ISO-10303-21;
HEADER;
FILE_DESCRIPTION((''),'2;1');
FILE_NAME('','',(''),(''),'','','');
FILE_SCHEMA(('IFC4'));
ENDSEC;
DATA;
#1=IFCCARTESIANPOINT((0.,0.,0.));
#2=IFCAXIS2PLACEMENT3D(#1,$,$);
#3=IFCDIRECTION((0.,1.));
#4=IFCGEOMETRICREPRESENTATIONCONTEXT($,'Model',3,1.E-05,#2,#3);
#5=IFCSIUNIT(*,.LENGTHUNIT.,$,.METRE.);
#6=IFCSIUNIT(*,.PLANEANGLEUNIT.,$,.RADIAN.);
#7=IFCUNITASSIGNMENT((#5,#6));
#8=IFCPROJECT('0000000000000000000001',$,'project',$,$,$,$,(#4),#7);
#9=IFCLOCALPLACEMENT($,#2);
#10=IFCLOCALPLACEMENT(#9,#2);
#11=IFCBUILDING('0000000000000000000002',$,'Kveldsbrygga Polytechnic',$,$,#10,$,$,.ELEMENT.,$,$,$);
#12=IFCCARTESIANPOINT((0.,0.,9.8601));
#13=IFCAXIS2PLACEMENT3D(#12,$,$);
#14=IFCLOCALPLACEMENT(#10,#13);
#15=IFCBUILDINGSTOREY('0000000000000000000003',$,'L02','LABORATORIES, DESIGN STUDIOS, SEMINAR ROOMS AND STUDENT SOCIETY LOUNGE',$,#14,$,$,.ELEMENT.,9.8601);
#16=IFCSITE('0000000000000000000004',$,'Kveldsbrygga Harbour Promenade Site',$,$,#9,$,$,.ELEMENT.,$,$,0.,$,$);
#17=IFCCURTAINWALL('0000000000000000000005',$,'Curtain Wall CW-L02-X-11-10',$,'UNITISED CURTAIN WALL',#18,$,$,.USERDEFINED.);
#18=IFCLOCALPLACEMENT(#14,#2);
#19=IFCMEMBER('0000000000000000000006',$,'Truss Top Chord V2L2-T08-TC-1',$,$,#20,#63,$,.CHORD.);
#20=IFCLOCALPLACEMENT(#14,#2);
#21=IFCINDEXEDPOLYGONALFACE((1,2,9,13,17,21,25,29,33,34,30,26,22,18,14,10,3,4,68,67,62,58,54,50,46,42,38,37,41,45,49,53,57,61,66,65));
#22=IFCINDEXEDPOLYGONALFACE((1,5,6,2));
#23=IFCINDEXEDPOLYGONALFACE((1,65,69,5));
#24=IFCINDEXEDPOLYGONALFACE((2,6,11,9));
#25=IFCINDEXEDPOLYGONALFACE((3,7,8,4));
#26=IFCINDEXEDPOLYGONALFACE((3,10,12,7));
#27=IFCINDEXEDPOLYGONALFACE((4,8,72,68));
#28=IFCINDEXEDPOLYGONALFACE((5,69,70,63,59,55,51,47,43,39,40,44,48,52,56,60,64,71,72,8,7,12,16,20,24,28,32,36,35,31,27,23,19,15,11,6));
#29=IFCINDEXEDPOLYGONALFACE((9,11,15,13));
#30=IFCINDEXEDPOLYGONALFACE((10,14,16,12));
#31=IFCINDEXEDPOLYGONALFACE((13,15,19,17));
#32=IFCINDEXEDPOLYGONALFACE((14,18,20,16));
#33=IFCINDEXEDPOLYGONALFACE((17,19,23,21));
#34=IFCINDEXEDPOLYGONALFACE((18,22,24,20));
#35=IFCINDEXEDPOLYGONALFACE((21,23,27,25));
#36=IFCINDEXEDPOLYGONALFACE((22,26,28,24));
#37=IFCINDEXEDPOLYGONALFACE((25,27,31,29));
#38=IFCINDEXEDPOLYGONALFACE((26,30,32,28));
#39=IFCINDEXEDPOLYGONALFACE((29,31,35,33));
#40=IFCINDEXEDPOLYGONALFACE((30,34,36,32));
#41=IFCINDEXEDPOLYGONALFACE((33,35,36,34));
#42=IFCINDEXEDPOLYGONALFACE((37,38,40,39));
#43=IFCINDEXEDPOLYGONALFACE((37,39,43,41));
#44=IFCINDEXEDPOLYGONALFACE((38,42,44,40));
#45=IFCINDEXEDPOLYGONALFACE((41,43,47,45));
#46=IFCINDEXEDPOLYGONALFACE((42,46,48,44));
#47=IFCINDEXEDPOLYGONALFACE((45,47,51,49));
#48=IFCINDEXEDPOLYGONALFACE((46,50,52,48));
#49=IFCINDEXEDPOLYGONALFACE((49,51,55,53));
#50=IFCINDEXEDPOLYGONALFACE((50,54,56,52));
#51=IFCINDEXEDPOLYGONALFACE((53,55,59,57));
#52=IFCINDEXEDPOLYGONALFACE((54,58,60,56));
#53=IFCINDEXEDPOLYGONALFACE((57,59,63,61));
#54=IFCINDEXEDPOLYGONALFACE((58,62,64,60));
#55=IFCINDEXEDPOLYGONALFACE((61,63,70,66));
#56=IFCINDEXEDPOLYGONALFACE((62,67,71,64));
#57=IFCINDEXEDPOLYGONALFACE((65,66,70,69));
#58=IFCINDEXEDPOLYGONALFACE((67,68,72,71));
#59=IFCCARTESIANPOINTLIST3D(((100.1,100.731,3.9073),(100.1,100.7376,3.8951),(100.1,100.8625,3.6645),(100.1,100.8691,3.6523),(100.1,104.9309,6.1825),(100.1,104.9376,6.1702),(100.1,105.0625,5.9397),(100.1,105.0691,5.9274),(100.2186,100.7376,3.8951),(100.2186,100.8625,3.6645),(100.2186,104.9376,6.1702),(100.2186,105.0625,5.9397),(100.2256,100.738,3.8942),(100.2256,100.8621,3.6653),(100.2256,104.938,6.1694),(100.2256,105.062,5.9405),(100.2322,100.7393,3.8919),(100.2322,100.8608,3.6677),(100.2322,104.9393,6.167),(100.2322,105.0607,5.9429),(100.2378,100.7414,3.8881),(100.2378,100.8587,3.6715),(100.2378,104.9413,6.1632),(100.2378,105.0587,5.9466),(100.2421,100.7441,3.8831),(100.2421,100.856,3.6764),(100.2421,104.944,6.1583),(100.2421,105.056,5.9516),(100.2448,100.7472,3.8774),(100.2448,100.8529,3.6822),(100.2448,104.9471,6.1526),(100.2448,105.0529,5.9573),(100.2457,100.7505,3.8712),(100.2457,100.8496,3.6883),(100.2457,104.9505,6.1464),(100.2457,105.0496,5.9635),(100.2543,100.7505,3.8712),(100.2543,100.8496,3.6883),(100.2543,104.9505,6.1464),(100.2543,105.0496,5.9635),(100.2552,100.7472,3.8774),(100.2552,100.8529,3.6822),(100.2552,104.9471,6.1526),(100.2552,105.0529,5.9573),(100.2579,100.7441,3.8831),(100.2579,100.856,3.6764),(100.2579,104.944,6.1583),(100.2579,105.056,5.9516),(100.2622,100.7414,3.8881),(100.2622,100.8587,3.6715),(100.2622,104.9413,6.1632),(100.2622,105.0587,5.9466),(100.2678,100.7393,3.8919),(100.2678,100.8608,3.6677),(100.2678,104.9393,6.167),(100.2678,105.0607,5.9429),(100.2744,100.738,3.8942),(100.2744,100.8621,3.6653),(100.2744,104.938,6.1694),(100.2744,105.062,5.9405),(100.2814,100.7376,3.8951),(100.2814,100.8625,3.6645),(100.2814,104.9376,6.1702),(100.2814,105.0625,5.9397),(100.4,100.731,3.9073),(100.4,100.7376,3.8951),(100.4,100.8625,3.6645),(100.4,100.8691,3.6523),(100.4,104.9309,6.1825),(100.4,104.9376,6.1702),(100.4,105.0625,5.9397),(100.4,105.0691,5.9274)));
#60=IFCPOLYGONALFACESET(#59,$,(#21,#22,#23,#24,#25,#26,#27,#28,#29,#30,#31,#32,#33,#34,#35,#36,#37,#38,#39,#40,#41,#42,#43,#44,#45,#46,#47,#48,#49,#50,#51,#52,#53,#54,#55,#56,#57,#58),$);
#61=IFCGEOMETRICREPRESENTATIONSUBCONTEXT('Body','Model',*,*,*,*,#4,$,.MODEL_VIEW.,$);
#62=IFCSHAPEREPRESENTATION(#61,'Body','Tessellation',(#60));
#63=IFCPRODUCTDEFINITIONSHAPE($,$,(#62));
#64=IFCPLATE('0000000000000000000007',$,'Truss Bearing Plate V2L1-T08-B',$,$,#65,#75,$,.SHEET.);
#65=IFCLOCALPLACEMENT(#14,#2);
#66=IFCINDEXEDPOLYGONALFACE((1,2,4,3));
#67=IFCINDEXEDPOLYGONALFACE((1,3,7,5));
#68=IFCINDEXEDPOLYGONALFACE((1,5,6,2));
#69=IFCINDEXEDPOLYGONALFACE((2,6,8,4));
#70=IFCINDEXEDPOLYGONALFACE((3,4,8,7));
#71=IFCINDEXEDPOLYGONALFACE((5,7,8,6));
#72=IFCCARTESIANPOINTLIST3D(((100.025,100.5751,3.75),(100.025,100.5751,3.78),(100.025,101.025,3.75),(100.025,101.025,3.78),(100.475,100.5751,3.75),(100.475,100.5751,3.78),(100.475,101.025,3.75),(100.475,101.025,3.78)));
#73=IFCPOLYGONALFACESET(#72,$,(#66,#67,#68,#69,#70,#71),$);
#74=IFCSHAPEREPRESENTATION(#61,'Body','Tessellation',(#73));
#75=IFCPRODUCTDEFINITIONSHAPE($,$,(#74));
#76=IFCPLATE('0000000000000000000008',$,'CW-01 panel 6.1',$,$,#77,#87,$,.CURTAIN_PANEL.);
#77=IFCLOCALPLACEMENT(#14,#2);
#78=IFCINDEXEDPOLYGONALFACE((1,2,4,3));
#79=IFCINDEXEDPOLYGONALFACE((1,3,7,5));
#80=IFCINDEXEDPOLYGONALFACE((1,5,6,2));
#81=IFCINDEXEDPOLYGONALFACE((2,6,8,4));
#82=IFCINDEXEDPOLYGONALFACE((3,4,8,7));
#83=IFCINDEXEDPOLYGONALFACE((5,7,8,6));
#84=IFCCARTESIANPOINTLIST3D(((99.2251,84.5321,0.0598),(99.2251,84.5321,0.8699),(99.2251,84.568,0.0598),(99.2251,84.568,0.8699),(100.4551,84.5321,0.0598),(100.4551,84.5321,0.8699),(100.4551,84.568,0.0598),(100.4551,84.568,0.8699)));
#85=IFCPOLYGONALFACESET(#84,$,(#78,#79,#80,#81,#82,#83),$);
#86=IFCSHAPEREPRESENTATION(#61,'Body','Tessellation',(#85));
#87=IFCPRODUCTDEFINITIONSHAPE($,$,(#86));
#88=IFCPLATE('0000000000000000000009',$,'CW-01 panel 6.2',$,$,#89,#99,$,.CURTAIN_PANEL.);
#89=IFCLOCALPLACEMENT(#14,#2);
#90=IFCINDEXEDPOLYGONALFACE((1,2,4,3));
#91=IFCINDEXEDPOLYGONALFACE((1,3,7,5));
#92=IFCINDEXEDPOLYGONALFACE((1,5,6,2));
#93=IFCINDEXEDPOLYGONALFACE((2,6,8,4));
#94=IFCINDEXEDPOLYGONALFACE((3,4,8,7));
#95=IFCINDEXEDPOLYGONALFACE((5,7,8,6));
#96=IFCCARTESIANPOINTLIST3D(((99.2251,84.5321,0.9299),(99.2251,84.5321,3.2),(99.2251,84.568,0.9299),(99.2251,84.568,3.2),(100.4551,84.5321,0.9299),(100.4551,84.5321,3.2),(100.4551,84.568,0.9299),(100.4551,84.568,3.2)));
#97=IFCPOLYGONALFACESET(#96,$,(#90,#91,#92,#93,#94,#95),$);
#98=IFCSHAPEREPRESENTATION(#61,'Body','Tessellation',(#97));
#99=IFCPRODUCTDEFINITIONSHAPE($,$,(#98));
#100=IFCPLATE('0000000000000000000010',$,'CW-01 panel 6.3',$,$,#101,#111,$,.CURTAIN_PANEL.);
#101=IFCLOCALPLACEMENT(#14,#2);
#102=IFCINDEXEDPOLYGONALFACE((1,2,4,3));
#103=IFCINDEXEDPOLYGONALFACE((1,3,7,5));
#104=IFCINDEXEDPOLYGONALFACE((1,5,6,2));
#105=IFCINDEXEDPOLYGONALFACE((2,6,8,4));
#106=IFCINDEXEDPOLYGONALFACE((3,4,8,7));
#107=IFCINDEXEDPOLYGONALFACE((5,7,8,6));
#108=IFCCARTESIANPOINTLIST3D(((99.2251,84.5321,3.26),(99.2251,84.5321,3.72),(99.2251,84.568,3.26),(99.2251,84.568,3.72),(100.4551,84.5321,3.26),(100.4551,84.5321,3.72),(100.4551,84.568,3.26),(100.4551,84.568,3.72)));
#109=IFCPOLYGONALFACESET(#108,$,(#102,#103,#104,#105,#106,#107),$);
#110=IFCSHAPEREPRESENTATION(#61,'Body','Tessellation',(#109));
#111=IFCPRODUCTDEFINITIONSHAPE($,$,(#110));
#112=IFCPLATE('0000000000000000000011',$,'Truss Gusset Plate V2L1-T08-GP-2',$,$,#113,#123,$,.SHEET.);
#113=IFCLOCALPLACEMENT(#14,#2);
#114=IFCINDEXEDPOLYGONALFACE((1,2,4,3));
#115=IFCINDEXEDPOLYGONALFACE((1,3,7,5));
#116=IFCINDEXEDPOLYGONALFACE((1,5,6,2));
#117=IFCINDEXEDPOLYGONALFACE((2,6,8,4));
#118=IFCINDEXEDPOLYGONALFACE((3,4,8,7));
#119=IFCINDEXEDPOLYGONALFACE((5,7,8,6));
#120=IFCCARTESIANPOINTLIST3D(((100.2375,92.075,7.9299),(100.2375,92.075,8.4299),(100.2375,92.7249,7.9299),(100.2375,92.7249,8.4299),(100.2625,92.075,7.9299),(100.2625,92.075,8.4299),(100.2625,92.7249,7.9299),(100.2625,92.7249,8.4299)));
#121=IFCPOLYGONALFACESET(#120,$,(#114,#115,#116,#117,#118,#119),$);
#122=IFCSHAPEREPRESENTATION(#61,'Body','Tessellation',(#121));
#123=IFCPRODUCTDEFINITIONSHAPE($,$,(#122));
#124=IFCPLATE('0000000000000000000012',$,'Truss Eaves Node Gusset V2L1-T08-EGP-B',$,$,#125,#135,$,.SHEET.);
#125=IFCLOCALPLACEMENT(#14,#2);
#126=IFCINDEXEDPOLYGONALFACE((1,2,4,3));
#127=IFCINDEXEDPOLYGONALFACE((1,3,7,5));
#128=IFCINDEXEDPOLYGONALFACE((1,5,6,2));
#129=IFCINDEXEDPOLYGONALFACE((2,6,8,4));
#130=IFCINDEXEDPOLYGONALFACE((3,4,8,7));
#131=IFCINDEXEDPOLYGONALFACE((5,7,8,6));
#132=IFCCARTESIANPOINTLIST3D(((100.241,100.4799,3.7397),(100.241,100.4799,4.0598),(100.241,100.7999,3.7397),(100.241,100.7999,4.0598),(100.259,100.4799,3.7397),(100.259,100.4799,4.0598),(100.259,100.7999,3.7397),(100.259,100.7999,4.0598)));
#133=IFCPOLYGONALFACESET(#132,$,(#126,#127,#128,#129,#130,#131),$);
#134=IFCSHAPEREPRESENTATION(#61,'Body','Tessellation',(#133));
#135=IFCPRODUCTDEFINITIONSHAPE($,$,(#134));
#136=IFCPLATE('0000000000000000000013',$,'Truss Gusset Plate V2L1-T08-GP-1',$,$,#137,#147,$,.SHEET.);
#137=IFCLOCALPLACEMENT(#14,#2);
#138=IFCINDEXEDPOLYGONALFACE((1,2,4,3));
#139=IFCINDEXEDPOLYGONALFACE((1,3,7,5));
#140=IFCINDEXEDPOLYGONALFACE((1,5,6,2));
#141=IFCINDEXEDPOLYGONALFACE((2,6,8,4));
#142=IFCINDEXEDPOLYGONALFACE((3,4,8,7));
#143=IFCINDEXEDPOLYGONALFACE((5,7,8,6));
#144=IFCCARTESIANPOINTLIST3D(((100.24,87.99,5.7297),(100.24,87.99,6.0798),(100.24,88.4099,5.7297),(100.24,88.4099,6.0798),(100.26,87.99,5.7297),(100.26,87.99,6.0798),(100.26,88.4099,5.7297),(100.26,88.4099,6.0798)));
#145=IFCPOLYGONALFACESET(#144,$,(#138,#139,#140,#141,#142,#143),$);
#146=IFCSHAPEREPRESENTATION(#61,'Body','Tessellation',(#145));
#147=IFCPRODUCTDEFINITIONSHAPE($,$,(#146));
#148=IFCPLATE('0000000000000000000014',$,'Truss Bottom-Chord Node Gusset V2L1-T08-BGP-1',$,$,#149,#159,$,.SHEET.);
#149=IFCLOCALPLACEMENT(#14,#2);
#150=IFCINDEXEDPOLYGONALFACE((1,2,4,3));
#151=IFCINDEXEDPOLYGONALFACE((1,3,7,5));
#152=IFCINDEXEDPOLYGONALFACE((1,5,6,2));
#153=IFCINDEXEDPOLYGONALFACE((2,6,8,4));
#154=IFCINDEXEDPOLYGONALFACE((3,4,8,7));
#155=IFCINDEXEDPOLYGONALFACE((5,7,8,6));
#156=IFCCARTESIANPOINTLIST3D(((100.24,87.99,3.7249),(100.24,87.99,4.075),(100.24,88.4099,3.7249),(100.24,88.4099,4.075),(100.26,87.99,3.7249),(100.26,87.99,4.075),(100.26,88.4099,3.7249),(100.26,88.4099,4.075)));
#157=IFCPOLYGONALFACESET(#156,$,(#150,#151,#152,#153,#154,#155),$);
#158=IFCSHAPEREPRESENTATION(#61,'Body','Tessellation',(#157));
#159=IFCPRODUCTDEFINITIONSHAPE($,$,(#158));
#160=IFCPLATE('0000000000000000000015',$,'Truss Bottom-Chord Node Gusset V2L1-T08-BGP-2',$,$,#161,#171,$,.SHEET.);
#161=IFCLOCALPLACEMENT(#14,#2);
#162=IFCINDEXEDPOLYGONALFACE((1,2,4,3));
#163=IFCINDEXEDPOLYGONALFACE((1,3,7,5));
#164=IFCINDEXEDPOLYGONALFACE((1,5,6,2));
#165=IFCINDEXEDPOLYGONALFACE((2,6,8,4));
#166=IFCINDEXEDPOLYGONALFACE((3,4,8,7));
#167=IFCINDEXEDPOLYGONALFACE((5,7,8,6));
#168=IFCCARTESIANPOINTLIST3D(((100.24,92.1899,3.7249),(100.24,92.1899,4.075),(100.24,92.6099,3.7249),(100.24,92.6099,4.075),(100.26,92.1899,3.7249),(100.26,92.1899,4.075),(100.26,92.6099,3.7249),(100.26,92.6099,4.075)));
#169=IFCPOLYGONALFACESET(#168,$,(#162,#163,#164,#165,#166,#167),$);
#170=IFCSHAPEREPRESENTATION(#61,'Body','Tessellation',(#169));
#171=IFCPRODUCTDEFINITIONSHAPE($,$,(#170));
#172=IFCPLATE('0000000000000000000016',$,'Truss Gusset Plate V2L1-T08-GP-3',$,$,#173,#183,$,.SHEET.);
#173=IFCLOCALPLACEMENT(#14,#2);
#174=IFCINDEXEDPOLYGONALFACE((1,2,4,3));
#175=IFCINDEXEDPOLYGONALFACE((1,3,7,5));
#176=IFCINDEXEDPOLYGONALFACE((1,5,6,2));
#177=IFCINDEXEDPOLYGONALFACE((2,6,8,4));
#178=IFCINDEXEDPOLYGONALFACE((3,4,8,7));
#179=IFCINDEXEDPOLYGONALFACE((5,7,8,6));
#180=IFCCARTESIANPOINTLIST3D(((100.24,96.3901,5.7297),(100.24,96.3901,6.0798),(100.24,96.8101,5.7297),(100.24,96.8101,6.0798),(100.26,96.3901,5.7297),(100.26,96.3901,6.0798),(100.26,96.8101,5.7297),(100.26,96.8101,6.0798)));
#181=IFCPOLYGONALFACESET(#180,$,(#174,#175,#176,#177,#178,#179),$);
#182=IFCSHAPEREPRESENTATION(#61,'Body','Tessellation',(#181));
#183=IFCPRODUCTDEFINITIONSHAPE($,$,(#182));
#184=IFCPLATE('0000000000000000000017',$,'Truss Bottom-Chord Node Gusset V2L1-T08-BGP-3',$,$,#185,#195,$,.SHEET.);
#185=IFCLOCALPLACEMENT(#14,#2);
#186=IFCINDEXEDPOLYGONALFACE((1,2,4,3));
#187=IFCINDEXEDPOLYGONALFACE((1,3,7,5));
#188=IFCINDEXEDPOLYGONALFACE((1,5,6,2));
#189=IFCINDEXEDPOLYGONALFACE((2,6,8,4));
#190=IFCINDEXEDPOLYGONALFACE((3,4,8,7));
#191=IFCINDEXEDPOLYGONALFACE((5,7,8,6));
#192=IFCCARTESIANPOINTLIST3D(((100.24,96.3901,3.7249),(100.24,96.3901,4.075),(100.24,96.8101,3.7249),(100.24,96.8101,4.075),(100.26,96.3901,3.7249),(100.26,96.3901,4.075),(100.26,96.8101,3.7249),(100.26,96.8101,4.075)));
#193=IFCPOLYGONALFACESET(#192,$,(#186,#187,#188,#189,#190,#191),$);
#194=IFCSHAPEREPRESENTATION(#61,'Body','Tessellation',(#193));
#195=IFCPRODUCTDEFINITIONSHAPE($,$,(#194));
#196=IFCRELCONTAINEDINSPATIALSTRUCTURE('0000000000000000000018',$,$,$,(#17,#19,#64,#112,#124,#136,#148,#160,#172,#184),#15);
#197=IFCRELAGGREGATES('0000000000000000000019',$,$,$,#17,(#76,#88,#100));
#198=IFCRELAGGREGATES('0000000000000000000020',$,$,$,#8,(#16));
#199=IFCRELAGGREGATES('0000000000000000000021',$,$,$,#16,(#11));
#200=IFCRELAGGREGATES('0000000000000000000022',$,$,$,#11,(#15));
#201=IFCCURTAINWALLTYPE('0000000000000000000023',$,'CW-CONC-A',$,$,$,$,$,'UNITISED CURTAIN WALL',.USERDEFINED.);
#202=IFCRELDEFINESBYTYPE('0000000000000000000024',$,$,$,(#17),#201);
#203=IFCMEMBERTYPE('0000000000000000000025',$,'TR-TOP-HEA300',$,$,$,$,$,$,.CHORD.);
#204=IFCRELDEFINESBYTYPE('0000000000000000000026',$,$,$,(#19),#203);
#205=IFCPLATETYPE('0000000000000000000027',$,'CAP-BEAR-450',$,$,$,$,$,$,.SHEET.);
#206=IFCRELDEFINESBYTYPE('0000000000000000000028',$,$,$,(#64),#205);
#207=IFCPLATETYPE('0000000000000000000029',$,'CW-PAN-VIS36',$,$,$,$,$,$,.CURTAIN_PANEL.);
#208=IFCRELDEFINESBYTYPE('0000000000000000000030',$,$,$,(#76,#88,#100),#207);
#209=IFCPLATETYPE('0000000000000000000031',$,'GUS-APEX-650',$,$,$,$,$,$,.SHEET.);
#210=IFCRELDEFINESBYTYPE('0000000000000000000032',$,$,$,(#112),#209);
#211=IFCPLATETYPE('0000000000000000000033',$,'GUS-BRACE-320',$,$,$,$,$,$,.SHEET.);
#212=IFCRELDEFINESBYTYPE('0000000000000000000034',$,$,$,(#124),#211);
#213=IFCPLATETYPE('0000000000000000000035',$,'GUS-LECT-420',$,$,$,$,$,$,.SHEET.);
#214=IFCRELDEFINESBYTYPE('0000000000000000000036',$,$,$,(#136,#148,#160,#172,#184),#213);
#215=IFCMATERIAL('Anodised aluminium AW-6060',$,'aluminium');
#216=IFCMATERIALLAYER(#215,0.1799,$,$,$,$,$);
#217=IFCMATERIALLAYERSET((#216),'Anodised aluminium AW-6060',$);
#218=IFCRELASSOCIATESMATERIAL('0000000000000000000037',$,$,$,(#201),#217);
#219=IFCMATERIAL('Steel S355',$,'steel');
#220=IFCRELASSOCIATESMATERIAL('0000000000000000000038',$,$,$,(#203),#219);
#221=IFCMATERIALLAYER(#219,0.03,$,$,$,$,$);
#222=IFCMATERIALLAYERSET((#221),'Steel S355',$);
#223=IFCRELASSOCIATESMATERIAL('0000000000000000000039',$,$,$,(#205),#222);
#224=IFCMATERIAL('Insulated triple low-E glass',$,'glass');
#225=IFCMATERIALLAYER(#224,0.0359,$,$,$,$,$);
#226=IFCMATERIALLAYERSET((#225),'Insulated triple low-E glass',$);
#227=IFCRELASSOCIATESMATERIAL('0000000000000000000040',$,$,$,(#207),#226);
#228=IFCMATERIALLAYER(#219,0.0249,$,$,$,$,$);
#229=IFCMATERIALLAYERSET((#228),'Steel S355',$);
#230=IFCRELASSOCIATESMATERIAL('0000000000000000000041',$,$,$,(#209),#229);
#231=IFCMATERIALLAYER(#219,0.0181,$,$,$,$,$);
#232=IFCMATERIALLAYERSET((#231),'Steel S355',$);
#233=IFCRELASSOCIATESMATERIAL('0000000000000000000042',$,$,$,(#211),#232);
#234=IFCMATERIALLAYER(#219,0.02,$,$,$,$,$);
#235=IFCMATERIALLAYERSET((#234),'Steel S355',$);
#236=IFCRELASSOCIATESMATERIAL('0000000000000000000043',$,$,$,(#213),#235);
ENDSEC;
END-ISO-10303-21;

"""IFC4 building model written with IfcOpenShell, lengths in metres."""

from ifc_helpers import new_model, si_unit, direction, frame, origin, origin_2d, place, context, subcontext, project, spatial, rectangle, i_section, extrude, material, layer, layer_set, material_profile, profile_set, type_object, element, aggregate, save


model = new_model("IFC4")

# Units and contexts
model_context = context("Model", 3, precision=1e-05, world=origin(), true_north=direction((0.0, 1.0)))
body_context = subcontext(model_context, "Body", "Model", "MODEL_VIEW")
ifc_project = project(units=[si_unit("LENGTHUNIT", "METRE"), si_unit("PLANEANGLEUNIT", "RADIAN")], contexts=[model_context])

# Site, building, storey
site_placement = place(None, origin())
site = spatial("IfcSite", under=ifc_project, at=site_placement, Name="Kveldsbrygga Harbour Promenade Site", CompositionType="ELEMENT", RefElevation=0.0)
building_placement = place(site_placement, origin())
building = spatial("IfcBuilding", under=site, at=building_placement, Name="Kveldsbrygga Polytechnic", CompositionType="ELEMENT")
storey_placement = place(building_placement, frame((0.0, 0.0, 9.8601)))
storey = spatial("IfcBuildingStorey", under=building, at=storey_placement, Name="L02", Description="LABORATORIES, DESIGN STUDIOS, SEMINAR ROOMS AND STUDENT SOCIETY LOUNGE", CompositionType="ELEMENT", Elevation=9.8601)

# Curtain wall
ifc_material_1 = material(Name="Anodised aluminium AW-6060", Category="aluminium")
ifc_layer_1 = layer(ifc_material_1, 0.1799)
ifc_layer_set_1 = layer_set([ifc_layer_1], Name="Anodised aluminium AW-6060")
curtain_wall_type = type_object("IfcCurtainWallType", Name="CW-CONC-A", ElementType="UNITISED CURTAIN WALL", PredefinedType="USERDEFINED", material=ifc_layer_set_1)
curtain_wall_placement = place(storey_placement, origin())
curtain_wall = element("IfcCurtainWall", 1, at=curtain_wall_placement, inside=storey, type_object=curtain_wall_type, Name="Curtain Wall CW-L02-X-11-10", ObjectType="UNITISED CURTAIN WALL", PredefinedType="USERDEFINED")

# Member
ifc_material_2 = material(Name="Steel S355", Category="steel")
ifc_material_profile_1 = material_profile(ifc_material_2, i_section(OverallWidth=0.3, OverallDepth=0.29, WebThickness=0.0085, FlangeThickness=0.0139, FilletRadius=0.0271, at=origin_2d()), Name="HEA 300")
ifc_profile_set_1 = profile_set([ifc_material_profile_1], Name="Steel S355")
member_type_1 = type_object("IfcMemberType", Name="TR-TOP-HEA300", PredefinedType="CHORD", material=ifc_profile_set_1)
for number, where, z_axis, x_axis, name in (
    (2, (100.25, 100.8, 3.7798), (0.0, 0.879277, 0.476311), (-1.0, 0.0, 0.0), "Truss Top Chord V2L2-T08-TC-1"),
):
    element("IfcMember", number, at=place(storey_placement, frame(where, z_axis=z_axis, x_axis=x_axis)), inside=storey, type_object=member_type_1, Name=name, PredefinedType="CHORD", context=body_context, shape_type="SweptSolid", body=[
        extrude(i_section(OverallWidth=0.3, OverallDepth=0.29, WebThickness=0.0085, FlangeThickness=0.0139, FilletRadius=0.0271, at=origin_2d()), origin(), (0.0, 0.0, 1.0), 4.7766),
    ])

# Plates
ifc_layer_2 = layer(ifc_material_2, 0.03)
ifc_layer_set_2 = layer_set([ifc_layer_2], Name="Steel S355")
plate_type_1 = type_object("IfcPlateType", Name="CAP-BEAR-450", PredefinedType="SHEET", material=ifc_layer_set_2)
plate_1_placement = place(storey_placement, frame((100.25, 100.8, 3.75), z_axis=(0.0, 0.0, 1.0), x_axis=(1.0, 0.0, 0.0)))
element("IfcPlate", 3, at=plate_1_placement, inside=storey, type_object=plate_type_1, Name="Truss Bearing Plate V2L1-T08-B", PredefinedType="SHEET", context=body_context, shape_type="SweptSolid", body=[
    extrude(rectangle(XDim=0.45, YDim=0.45, at=origin_2d()), origin(), (0.0, 0.0, 1.0), 0.03),
])
ifc_material_3 = material(Name="Insulated triple low-E glass", Category="glass")
ifc_layer_3 = layer(ifc_material_3, 0.0359)
ifc_layer_set_3 = layer_set([ifc_layer_3], Name="Insulated triple low-E glass")
plate_type_2 = type_object("IfcPlateType", Name="CW-PAN-VIS36", PredefinedType="CURTAIN_PANEL", material=ifc_layer_set_3)
plate_2_placement = place(storey_placement, frame((99.8401, 84.55, 0.0598), z_axis=(0.0, 0.0, 1.0), x_axis=(1.0, 0.0, 0.0)))
plate_2 = element("IfcPlate", 4, at=plate_2_placement, type_object=plate_type_2, Name="CW-01 panel 6.1", PredefinedType="CURTAIN_PANEL", context=body_context, shape_type="SweptSolid", body=[
    extrude(rectangle(XDim=1.23, YDim=0.0359, at=origin_2d()), origin(), (0.0, 0.0, 1.0), 0.8101),
])
plate_3_placement = place(storey_placement, frame((99.8401, 84.55, 0.9299), z_axis=(0.0, 0.0, 1.0), x_axis=(1.0, 0.0, 0.0)))
plate_3 = element("IfcPlate", 5, at=plate_3_placement, type_object=plate_type_2, Name="CW-01 panel 6.2", PredefinedType="CURTAIN_PANEL", context=body_context, shape_type="SweptSolid", body=[
    extrude(rectangle(XDim=1.23, YDim=0.0359, at=origin_2d()), origin(), (0.0, 0.0, 1.0), 2.27),
])
plate_4_placement = place(storey_placement, frame((99.8401, 84.55, 3.26), z_axis=(0.0, 0.0, 1.0), x_axis=(1.0, 0.0, 0.0)))
plate_4 = element("IfcPlate", 6, at=plate_4_placement, type_object=plate_type_2, Name="CW-01 panel 6.3", PredefinedType="CURTAIN_PANEL", context=body_context, shape_type="SweptSolid", body=[
    extrude(rectangle(XDim=1.23, YDim=0.0359, at=origin_2d()), origin(), (0.0, 0.0, 1.0), 0.46),
])
aggregate(curtain_wall, [plate_2, plate_3, plate_4])

# Plates
ifc_layer_4 = layer(ifc_material_2, 0.0249)
ifc_layer_set_4 = layer_set([ifc_layer_4], Name="Steel S355")
plate_type_3 = type_object("IfcPlateType", Name="GUS-APEX-650", PredefinedType="SHEET", material=ifc_layer_set_4)
plate_5_placement = place(storey_placement, frame((100.25, 92.3999, 7.9299), z_axis=(0.0, 0.0, 1.0), x_axis=(1.0, 0.0, 0.0)))
element("IfcPlate", 7, at=plate_5_placement, inside=storey, type_object=plate_type_3, Name="Truss Gusset Plate V2L1-T08-GP-2", PredefinedType="SHEET", context=body_context, shape_type="SweptSolid", body=[
    extrude(rectangle(XDim=0.0249, YDim=0.6499, at=origin_2d()), origin(), (0.0, 0.0, 1.0), 0.5),
])
ifc_layer_5 = layer(ifc_material_2, 0.0181)
ifc_layer_set_5 = layer_set([ifc_layer_5], Name="Steel S355")
plate_type_4 = type_object("IfcPlateType", Name="GUS-BRACE-320", PredefinedType="SHEET", material=ifc_layer_set_5)
plate_6_placement = place(storey_placement, frame((100.25, 100.6399, 3.7397), z_axis=(0.0, 0.0, 1.0), x_axis=(1.0, 0.0, 0.0)))
element("IfcPlate", 8, at=plate_6_placement, inside=storey, type_object=plate_type_4, Name="Truss Eaves Node Gusset V2L1-T08-EGP-B", PredefinedType="SHEET", context=body_context, shape_type="SweptSolid", body=[
    extrude(rectangle(XDim=0.0181, YDim=0.3201, at=origin_2d()), origin(), (0.0, 0.0, 1.0), 0.3201),
])
ifc_layer_6 = layer(ifc_material_2, 0.02)
ifc_layer_set_6 = layer_set([ifc_layer_6], Name="Steel S355")
plate_type_5 = type_object("IfcPlateType", Name="GUS-LECT-420", PredefinedType="SHEET", material=ifc_layer_set_6)
for number, where, z_axis, x_axis, name in (
    (9, (100.25, 88.2, 5.7297), (0.0, 0.0, 1.0), (1.0, 0.0, 0.0), "Truss Gusset Plate V2L1-T08-GP-1"),
    (10, (100.25, 88.2, 3.7249), (0.0, 0.0, 1.0), (1.0, 0.0, 0.0), "Truss Bottom-Chord Node Gusset V2L1-T08-BGP-1"),
    (11, (100.25, 92.3999, 3.7249), (0.0, 0.0, 1.0), (1.0, 0.0, 0.0), "Truss Bottom-Chord Node Gusset V2L1-T08-BGP-2"),
    (12, (100.25, 96.6001, 5.7297), (0.0, 0.0, 1.0), (1.0, 0.0, 0.0), "Truss Gusset Plate V2L1-T08-GP-3"),
    (13, (100.25, 96.6001, 3.7249), (0.0, 0.0, 1.0), (1.0, 0.0, 0.0), "Truss Bottom-Chord Node Gusset V2L1-T08-BGP-3"),
):
    element("IfcPlate", number, at=place(storey_placement, frame(where, z_axis=z_axis, x_axis=x_axis)), inside=storey, type_object=plate_type_5, Name=name, PredefinedType="SHEET", context=body_context, shape_type="SweptSolid", body=[
        extrude(rectangle(XDim=0.02, YDim=0.4199, at=origin_2d()), origin(), (0.0, 0.0, 1.0), 0.3501),
    ])

save(model, "model.ifc")
